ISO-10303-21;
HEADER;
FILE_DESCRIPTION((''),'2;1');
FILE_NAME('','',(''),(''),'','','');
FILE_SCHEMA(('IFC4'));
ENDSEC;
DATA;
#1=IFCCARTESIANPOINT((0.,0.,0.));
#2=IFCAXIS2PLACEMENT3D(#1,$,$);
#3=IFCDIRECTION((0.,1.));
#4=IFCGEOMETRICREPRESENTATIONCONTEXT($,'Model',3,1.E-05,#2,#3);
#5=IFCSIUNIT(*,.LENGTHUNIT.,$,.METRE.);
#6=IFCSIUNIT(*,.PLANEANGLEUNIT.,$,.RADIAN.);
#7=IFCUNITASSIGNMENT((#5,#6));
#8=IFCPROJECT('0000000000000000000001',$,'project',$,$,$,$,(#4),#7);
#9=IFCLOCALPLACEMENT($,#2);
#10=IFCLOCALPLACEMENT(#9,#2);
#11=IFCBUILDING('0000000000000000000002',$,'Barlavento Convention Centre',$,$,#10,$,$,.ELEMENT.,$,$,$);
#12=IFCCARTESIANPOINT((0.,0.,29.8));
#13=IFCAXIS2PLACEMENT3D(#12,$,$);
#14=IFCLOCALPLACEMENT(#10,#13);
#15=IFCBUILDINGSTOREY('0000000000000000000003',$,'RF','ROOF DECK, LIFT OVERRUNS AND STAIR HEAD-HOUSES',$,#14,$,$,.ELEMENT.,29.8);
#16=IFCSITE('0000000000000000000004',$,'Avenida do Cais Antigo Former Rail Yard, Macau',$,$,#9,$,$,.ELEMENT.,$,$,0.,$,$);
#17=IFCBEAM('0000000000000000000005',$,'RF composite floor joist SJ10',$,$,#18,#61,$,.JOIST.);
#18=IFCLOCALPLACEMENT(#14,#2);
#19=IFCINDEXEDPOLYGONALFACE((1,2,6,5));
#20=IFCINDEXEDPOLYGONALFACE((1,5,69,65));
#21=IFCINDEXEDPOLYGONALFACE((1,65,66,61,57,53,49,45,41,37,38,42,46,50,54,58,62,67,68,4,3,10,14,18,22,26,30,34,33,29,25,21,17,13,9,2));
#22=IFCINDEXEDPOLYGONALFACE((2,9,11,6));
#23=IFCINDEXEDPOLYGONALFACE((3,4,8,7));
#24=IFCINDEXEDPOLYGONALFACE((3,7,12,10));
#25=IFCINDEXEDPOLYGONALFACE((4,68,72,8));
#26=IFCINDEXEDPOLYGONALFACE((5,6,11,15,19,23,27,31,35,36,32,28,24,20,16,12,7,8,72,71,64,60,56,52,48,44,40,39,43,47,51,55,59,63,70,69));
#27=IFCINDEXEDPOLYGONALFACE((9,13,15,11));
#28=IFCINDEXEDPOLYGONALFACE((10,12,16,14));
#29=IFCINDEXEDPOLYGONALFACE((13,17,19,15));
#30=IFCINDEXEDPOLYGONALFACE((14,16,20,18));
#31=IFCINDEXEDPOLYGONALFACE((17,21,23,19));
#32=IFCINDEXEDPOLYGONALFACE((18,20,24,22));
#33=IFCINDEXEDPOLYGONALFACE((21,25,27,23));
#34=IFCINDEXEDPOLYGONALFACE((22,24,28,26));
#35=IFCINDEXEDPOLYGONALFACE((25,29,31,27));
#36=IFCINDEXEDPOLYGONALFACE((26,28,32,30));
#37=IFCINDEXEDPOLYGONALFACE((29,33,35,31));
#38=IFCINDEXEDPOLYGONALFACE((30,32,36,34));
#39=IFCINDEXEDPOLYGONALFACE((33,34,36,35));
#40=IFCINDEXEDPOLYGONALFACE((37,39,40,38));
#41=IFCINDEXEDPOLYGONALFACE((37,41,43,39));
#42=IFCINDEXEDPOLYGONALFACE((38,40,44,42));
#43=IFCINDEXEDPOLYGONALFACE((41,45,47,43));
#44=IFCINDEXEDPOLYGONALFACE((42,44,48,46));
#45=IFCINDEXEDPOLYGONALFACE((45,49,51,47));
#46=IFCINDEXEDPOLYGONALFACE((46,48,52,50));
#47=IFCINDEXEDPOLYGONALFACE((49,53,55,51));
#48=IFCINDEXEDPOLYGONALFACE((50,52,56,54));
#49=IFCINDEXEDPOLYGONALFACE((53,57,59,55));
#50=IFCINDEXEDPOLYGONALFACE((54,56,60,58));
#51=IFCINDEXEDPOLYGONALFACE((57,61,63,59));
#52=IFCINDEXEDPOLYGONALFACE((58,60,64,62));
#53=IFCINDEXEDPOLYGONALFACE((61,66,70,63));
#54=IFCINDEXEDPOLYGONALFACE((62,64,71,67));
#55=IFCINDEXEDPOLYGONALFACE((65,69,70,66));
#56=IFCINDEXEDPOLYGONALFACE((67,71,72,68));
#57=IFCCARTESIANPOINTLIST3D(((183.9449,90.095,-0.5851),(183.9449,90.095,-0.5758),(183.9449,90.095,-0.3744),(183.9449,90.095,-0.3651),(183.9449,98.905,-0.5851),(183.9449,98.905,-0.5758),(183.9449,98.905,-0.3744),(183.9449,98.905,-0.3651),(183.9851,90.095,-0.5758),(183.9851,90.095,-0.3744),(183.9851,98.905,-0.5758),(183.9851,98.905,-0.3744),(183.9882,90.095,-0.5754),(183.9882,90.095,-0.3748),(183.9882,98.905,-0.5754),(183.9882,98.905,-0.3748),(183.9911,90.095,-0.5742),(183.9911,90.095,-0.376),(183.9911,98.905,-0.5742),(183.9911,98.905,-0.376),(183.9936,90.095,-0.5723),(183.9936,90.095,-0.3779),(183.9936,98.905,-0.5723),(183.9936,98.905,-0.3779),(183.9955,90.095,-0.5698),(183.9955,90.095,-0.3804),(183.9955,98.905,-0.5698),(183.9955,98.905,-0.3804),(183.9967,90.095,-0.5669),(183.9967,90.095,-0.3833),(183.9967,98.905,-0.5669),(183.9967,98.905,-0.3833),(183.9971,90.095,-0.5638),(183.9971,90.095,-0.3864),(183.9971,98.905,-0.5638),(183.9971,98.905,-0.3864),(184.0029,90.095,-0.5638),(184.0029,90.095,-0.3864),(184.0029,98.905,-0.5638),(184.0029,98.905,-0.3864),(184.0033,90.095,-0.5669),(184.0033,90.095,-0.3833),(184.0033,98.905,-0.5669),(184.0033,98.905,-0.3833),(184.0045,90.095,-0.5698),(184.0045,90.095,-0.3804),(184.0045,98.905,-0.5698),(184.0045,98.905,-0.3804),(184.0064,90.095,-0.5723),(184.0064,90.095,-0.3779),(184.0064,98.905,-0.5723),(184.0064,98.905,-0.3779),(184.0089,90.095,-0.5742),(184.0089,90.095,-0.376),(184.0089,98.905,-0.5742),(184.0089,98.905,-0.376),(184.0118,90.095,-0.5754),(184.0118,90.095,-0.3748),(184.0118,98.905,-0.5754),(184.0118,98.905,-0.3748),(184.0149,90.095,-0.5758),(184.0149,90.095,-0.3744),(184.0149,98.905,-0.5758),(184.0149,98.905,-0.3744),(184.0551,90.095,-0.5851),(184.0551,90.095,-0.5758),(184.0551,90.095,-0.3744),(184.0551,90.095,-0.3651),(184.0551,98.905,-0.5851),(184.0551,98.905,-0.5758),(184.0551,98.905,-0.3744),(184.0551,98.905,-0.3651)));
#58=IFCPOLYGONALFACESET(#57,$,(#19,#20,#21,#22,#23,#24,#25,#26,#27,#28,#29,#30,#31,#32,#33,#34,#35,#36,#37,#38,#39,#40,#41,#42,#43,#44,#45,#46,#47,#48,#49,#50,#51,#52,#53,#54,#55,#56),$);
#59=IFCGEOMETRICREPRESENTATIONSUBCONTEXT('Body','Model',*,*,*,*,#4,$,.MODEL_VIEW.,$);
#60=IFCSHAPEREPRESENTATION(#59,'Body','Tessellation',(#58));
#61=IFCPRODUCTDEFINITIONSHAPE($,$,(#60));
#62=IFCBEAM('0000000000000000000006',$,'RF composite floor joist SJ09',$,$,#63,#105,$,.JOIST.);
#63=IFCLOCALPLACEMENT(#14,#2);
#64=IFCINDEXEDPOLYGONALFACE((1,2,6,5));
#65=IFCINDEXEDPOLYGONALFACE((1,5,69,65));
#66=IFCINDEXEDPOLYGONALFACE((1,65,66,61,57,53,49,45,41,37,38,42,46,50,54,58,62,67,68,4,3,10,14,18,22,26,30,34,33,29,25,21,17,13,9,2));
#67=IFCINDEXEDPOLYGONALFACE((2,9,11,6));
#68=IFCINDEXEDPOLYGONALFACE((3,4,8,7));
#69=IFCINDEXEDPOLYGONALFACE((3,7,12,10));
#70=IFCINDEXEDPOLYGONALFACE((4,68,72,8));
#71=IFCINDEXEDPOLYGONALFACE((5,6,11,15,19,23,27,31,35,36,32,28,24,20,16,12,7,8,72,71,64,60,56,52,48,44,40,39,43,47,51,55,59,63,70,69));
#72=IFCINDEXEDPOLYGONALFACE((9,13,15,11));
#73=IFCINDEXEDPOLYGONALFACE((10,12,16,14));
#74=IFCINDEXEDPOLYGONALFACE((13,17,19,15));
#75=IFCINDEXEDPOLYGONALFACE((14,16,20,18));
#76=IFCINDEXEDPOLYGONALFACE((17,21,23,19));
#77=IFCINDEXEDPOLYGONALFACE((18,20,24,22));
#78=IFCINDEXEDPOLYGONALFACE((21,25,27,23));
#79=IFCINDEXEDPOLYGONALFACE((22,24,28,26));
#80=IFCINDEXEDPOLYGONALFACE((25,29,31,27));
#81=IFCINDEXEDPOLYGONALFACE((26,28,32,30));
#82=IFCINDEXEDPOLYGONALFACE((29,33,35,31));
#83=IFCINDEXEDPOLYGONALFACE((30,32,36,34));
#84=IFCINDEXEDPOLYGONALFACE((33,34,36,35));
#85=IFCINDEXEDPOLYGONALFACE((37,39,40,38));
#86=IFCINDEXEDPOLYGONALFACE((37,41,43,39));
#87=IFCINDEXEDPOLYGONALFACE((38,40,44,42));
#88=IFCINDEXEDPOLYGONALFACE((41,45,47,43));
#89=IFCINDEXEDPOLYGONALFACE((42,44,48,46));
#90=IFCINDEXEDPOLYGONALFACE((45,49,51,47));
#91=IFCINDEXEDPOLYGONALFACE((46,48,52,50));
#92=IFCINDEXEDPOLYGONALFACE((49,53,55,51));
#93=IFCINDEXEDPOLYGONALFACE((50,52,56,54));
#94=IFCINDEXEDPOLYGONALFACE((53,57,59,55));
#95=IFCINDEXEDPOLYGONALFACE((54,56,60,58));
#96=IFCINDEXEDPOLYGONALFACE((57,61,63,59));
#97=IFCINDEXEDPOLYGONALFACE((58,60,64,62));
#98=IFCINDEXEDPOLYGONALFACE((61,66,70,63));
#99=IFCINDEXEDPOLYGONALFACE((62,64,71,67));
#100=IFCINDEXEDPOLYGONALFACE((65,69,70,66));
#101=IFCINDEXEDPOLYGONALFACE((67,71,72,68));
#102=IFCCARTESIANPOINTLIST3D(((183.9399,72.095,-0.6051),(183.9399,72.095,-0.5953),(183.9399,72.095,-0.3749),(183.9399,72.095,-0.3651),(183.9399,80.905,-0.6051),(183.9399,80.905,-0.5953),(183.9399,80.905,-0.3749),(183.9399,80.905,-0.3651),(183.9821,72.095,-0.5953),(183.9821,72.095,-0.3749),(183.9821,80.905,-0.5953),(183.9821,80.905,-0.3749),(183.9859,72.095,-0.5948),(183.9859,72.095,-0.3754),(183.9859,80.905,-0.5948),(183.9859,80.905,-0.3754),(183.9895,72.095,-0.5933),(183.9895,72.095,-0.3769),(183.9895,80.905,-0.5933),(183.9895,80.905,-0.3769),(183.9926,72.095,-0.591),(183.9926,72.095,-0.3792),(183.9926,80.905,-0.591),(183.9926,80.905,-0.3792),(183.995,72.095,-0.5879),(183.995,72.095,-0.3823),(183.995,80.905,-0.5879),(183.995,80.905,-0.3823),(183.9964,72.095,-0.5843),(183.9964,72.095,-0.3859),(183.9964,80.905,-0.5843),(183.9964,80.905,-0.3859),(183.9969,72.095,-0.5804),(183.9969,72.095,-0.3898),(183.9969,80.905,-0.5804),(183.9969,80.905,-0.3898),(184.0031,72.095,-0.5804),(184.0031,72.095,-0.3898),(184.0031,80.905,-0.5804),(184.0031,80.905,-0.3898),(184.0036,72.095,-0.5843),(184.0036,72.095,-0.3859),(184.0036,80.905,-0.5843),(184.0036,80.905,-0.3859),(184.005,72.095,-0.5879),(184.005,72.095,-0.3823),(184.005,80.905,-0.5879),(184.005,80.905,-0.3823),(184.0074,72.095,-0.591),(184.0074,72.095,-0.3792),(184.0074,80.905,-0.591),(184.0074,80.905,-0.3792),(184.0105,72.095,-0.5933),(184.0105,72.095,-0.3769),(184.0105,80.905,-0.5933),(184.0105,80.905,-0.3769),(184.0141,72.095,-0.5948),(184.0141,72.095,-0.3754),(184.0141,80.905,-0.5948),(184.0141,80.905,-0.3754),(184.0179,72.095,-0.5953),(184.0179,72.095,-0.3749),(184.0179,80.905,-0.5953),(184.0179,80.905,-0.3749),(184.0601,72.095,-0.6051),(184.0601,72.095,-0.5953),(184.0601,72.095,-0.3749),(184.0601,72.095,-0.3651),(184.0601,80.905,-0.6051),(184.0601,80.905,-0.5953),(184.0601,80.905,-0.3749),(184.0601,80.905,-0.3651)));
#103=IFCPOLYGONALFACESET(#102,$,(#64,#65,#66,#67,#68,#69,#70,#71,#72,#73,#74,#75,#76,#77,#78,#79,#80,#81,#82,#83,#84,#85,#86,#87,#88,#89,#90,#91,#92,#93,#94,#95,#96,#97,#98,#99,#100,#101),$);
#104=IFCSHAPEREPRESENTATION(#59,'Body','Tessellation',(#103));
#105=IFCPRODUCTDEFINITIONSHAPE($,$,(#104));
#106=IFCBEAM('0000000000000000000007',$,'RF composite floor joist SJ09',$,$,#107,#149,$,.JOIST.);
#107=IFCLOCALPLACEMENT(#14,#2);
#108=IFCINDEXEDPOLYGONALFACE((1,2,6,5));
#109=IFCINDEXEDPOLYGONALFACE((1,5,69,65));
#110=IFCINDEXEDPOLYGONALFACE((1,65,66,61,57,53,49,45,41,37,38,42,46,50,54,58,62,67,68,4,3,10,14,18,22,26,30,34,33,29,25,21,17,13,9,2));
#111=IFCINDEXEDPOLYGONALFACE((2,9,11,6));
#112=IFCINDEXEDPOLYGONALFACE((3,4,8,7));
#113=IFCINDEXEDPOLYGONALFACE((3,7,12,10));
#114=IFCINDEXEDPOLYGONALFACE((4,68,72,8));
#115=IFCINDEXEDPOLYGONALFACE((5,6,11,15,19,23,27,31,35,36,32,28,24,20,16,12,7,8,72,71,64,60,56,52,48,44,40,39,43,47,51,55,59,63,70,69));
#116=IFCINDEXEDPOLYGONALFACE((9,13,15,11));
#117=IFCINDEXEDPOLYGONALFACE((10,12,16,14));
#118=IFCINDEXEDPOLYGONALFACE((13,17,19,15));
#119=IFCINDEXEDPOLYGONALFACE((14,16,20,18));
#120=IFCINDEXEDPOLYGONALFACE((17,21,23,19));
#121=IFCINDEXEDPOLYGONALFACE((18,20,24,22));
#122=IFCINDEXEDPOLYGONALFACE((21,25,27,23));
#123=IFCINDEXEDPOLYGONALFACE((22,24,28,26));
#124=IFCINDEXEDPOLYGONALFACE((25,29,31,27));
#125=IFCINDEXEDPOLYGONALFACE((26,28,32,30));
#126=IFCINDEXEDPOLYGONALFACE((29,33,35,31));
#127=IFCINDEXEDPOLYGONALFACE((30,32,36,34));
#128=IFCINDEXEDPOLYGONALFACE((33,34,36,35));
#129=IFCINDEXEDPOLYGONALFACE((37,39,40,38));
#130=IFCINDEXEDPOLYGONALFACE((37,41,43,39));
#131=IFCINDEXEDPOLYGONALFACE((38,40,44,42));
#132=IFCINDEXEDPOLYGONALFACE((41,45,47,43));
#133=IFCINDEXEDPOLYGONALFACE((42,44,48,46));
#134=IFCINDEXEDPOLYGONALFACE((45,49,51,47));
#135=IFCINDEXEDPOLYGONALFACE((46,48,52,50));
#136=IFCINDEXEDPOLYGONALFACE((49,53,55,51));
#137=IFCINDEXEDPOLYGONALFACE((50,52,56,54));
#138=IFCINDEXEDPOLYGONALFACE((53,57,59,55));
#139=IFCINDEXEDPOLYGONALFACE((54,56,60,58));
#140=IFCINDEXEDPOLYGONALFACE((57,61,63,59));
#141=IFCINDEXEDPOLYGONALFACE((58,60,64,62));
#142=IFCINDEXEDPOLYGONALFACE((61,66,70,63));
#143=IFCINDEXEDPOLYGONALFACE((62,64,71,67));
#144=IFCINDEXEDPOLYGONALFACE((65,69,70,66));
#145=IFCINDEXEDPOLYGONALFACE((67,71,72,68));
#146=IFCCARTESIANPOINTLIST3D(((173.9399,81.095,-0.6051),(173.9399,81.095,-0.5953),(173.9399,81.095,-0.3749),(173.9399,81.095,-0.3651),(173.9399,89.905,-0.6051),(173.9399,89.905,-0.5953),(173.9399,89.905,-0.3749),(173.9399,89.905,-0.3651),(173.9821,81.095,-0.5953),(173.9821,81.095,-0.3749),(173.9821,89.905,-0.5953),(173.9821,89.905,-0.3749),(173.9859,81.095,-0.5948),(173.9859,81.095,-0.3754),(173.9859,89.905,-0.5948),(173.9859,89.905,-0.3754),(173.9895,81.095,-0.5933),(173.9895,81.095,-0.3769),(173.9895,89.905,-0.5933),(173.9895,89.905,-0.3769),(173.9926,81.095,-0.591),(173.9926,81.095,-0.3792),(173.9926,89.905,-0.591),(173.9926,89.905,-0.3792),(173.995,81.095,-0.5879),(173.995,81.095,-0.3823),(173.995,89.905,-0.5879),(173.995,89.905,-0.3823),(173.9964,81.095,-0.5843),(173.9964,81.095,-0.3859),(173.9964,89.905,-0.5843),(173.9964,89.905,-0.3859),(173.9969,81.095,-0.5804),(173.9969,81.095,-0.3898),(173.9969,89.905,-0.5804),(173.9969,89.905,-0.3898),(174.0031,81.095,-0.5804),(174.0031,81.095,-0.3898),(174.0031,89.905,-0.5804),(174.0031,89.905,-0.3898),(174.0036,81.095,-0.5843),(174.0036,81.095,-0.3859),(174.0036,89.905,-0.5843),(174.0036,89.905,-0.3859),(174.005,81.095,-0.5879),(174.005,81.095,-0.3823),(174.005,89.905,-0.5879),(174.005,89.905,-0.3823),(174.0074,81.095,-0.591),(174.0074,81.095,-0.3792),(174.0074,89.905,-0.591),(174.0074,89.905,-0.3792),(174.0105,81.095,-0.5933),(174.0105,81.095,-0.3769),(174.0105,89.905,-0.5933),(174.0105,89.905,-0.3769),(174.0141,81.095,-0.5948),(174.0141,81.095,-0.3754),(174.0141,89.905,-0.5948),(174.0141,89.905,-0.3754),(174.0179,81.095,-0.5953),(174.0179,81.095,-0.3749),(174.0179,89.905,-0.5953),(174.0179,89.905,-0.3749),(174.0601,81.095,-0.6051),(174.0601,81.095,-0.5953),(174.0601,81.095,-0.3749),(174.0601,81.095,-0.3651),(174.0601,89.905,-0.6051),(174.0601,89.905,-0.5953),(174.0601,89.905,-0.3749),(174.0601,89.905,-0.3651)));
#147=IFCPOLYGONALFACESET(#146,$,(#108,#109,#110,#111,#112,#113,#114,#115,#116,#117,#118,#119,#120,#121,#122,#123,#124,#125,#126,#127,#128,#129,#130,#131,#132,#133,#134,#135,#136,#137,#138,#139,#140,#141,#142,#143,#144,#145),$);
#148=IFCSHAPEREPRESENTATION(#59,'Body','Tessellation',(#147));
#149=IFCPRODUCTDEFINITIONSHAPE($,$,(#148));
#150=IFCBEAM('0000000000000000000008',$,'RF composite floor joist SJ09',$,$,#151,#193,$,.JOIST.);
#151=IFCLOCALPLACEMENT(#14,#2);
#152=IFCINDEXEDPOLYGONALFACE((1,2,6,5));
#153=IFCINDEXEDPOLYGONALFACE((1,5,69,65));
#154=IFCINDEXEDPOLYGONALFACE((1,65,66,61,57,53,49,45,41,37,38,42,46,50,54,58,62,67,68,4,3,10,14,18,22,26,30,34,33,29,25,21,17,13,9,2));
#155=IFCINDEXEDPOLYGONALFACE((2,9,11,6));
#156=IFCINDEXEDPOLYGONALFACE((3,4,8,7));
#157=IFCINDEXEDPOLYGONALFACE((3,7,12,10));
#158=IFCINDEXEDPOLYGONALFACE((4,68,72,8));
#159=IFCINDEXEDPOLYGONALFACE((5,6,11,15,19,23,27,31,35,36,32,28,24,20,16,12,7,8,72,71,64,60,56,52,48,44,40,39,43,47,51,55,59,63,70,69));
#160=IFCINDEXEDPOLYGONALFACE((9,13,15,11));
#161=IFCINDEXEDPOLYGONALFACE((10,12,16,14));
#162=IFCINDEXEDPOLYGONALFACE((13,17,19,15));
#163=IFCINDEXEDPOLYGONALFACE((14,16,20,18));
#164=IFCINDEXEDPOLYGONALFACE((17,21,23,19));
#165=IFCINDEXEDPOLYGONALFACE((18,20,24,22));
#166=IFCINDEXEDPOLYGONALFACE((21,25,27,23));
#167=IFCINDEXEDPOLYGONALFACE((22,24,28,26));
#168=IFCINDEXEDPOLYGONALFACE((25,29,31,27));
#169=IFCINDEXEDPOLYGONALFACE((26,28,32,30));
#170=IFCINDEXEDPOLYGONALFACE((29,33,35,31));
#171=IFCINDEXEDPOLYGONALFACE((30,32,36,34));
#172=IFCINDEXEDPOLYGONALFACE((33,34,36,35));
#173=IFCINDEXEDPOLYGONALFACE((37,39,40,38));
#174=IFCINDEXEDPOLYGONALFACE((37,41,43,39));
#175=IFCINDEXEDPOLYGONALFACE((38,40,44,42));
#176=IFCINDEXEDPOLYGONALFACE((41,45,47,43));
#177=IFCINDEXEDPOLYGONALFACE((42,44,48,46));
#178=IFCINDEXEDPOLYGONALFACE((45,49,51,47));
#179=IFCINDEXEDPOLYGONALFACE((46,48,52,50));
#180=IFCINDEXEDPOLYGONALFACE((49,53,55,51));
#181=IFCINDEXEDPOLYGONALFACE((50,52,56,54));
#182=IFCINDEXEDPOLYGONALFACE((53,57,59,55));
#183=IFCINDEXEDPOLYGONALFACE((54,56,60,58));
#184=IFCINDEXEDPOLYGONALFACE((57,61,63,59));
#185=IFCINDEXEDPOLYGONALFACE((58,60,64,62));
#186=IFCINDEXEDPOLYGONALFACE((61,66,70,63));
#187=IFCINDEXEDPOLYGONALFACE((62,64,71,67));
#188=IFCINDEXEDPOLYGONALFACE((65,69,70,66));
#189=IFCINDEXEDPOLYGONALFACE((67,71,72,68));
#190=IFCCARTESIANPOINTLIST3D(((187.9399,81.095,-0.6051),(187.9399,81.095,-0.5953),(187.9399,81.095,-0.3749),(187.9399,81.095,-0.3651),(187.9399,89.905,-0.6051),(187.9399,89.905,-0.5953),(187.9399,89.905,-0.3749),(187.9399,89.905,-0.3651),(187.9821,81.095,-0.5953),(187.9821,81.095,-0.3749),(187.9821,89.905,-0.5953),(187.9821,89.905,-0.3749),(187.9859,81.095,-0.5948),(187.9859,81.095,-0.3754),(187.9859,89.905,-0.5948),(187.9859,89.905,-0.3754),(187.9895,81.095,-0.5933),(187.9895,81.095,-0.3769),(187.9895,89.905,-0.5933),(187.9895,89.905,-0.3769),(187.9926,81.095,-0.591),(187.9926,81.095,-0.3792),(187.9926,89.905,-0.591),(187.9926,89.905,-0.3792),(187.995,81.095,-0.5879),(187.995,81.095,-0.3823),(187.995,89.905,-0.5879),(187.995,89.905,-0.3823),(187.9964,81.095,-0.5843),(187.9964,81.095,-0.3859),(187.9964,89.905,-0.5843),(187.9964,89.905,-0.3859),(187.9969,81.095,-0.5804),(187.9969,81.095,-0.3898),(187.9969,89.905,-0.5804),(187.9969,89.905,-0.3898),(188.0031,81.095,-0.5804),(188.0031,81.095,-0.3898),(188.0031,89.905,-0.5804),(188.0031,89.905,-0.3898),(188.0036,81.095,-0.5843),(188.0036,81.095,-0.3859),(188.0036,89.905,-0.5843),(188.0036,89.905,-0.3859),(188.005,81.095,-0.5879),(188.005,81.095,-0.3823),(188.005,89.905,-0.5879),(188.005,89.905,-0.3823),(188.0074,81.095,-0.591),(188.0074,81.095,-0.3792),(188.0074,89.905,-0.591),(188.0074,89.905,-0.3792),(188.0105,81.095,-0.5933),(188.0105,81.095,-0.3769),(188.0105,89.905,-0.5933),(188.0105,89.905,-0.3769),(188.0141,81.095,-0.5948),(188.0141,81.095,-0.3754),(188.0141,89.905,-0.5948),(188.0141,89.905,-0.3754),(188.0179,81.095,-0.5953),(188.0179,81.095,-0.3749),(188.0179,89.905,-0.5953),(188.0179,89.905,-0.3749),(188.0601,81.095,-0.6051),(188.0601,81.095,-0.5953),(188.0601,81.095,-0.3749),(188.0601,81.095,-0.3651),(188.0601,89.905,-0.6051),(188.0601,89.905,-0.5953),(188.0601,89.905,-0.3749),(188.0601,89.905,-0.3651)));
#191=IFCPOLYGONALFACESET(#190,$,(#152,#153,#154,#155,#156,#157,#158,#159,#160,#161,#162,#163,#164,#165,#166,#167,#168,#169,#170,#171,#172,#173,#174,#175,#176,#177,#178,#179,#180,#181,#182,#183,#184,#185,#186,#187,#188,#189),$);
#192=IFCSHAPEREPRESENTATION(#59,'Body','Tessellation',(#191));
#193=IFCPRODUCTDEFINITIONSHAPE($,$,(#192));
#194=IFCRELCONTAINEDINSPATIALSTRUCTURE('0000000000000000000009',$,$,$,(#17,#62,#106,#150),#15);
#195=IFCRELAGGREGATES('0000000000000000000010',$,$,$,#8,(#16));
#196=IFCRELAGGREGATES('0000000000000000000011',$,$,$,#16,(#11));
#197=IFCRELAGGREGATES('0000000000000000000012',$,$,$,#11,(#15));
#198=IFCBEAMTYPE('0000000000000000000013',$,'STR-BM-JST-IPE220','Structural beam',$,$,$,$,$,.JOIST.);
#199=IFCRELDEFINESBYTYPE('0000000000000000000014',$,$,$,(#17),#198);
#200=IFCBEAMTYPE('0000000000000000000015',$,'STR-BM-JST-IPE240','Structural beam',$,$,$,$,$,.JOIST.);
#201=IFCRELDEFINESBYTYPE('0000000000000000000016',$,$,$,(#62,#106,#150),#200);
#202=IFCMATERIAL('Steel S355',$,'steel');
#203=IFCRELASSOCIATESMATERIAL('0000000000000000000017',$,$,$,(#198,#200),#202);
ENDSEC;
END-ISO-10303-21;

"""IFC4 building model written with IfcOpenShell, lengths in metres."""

from ifc_helpers import new_model, si_unit, direction, frame, origin, origin_2d, place, context, subcontext, project, spatial, i_section, extrude, material, material_profile, profile_set, type_object, element, save


model = new_model("IFC4")

# Units and contexts
model_context = context("Model", 3, precision=1e-05, world=origin(), true_north=direction((0.0, 1.0)))
body_context = subcontext(model_context, "Body", "Model", "MODEL_VIEW")
ifc_project = project(units=[si_unit("LENGTHUNIT", "METRE"), si_unit("PLANEANGLEUNIT", "RADIAN")], contexts=[model_context])

# Site, building, storey
site_placement = place(None, origin())
site = spatial("IfcSite", under=ifc_project, at=site_placement, Name="Avenida do Cais Antigo Former Rail Yard, Macau", CompositionType="ELEMENT", RefElevation=0.0)
building_placement = place(site_placement, origin())
building = spatial("IfcBuilding", under=site, at=building_placement, Name="Barlavento Convention Centre", CompositionType="ELEMENT")
storey_placement = place(building_placement, frame((0.0, 0.0, 29.8)))
storey = spatial("IfcBuildingStorey", under=building, at=storey_placement, Name="RF", Description="ROOF DECK, LIFT OVERRUNS AND STAIR HEAD-HOUSES", CompositionType="ELEMENT", Elevation=29.8)

# Beams
ifc_material_1 = material(Name="Steel S355", Category="steel")
ifc_material_profile_1 = material_profile(ifc_material_1, i_section(OverallWidth=0.1101, OverallDepth=0.22, WebThickness=0.0059, FlangeThickness=0.0093, FilletRadius=0.012, at=origin_2d()), Name="IPE 220")
ifc_profile_set_1 = profile_set([ifc_material_profile_1], Name="Steel S355")
beam_type_1 = type_object("IfcBeamType", Name="STR-BM-JST-IPE220", Description="Structural beam", PredefinedType="JOIST", material=ifc_profile_set_1)
for number, where, z_axis, x_axis, name in (
    (1, (184.0, 90.095, -0.4751), (0.0, 1.0, 0.0), (-1.0, 0.0, 0.0), "RF composite floor joist SJ10"),
):
    element("IfcBeam", number, at=place(storey_placement, frame(where, z_axis=z_axis, x_axis=x_axis)), inside=storey, type_object=beam_type_1, Name=name, PredefinedType="JOIST", context=body_context, shape_type="SweptSolid", body=[
        extrude(i_section(OverallWidth=0.1101, OverallDepth=0.22, WebThickness=0.0059, FlangeThickness=0.0093, FilletRadius=0.012, at=origin_2d()), origin(), (0.0, 0.0, 1.0), 8.8101),
    ])
ifc_material_profile_2 = material_profile(ifc_material_1, i_section(OverallWidth=0.1201, OverallDepth=0.24, WebThickness=0.0061, FlangeThickness=0.0098, FilletRadius=0.0149, at=origin_2d()), Name="IPE 240")
ifc_profile_set_2 = profile_set([ifc_material_profile_2], Name="Steel S355")
beam_type_2 = type_object("IfcBeamType", Name="STR-BM-JST-IPE240", Description="Structural beam", PredefinedType="JOIST", material=ifc_profile_set_2)
for number, where, z_axis, x_axis, name in (
    (2, (184.0, 72.095, -0.4851), (0.0, 1.0, 0.0), (-1.0, 0.0, 0.0), "RF composite floor joist SJ09"),
    (3, (174.0, 81.095, -0.4851), (0.0, 1.0, 0.0), (-1.0, 0.0, 0.0), "RF composite floor joist SJ09"),
    (4, (188.0, 81.095, -0.4851), (0.0, 1.0, 0.0), (-1.0, 0.0, 0.0), "RF composite floor joist SJ09"),
):
    element("IfcBeam", number, at=place(storey_placement, frame(where, z_axis=z_axis, x_axis=x_axis)), inside=storey, type_object=beam_type_2, Name=name, PredefinedType="JOIST", context=body_context, shape_type="SweptSolid", body=[
        extrude(i_section(OverallWidth=0.1201, OverallDepth=0.24, WebThickness=0.0061, FlangeThickness=0.0098, FilletRadius=0.0149, at=origin_2d()), origin(), (0.0, 0.0, 1.0), 8.8101),
    ])

save(model, "model.ifc")
